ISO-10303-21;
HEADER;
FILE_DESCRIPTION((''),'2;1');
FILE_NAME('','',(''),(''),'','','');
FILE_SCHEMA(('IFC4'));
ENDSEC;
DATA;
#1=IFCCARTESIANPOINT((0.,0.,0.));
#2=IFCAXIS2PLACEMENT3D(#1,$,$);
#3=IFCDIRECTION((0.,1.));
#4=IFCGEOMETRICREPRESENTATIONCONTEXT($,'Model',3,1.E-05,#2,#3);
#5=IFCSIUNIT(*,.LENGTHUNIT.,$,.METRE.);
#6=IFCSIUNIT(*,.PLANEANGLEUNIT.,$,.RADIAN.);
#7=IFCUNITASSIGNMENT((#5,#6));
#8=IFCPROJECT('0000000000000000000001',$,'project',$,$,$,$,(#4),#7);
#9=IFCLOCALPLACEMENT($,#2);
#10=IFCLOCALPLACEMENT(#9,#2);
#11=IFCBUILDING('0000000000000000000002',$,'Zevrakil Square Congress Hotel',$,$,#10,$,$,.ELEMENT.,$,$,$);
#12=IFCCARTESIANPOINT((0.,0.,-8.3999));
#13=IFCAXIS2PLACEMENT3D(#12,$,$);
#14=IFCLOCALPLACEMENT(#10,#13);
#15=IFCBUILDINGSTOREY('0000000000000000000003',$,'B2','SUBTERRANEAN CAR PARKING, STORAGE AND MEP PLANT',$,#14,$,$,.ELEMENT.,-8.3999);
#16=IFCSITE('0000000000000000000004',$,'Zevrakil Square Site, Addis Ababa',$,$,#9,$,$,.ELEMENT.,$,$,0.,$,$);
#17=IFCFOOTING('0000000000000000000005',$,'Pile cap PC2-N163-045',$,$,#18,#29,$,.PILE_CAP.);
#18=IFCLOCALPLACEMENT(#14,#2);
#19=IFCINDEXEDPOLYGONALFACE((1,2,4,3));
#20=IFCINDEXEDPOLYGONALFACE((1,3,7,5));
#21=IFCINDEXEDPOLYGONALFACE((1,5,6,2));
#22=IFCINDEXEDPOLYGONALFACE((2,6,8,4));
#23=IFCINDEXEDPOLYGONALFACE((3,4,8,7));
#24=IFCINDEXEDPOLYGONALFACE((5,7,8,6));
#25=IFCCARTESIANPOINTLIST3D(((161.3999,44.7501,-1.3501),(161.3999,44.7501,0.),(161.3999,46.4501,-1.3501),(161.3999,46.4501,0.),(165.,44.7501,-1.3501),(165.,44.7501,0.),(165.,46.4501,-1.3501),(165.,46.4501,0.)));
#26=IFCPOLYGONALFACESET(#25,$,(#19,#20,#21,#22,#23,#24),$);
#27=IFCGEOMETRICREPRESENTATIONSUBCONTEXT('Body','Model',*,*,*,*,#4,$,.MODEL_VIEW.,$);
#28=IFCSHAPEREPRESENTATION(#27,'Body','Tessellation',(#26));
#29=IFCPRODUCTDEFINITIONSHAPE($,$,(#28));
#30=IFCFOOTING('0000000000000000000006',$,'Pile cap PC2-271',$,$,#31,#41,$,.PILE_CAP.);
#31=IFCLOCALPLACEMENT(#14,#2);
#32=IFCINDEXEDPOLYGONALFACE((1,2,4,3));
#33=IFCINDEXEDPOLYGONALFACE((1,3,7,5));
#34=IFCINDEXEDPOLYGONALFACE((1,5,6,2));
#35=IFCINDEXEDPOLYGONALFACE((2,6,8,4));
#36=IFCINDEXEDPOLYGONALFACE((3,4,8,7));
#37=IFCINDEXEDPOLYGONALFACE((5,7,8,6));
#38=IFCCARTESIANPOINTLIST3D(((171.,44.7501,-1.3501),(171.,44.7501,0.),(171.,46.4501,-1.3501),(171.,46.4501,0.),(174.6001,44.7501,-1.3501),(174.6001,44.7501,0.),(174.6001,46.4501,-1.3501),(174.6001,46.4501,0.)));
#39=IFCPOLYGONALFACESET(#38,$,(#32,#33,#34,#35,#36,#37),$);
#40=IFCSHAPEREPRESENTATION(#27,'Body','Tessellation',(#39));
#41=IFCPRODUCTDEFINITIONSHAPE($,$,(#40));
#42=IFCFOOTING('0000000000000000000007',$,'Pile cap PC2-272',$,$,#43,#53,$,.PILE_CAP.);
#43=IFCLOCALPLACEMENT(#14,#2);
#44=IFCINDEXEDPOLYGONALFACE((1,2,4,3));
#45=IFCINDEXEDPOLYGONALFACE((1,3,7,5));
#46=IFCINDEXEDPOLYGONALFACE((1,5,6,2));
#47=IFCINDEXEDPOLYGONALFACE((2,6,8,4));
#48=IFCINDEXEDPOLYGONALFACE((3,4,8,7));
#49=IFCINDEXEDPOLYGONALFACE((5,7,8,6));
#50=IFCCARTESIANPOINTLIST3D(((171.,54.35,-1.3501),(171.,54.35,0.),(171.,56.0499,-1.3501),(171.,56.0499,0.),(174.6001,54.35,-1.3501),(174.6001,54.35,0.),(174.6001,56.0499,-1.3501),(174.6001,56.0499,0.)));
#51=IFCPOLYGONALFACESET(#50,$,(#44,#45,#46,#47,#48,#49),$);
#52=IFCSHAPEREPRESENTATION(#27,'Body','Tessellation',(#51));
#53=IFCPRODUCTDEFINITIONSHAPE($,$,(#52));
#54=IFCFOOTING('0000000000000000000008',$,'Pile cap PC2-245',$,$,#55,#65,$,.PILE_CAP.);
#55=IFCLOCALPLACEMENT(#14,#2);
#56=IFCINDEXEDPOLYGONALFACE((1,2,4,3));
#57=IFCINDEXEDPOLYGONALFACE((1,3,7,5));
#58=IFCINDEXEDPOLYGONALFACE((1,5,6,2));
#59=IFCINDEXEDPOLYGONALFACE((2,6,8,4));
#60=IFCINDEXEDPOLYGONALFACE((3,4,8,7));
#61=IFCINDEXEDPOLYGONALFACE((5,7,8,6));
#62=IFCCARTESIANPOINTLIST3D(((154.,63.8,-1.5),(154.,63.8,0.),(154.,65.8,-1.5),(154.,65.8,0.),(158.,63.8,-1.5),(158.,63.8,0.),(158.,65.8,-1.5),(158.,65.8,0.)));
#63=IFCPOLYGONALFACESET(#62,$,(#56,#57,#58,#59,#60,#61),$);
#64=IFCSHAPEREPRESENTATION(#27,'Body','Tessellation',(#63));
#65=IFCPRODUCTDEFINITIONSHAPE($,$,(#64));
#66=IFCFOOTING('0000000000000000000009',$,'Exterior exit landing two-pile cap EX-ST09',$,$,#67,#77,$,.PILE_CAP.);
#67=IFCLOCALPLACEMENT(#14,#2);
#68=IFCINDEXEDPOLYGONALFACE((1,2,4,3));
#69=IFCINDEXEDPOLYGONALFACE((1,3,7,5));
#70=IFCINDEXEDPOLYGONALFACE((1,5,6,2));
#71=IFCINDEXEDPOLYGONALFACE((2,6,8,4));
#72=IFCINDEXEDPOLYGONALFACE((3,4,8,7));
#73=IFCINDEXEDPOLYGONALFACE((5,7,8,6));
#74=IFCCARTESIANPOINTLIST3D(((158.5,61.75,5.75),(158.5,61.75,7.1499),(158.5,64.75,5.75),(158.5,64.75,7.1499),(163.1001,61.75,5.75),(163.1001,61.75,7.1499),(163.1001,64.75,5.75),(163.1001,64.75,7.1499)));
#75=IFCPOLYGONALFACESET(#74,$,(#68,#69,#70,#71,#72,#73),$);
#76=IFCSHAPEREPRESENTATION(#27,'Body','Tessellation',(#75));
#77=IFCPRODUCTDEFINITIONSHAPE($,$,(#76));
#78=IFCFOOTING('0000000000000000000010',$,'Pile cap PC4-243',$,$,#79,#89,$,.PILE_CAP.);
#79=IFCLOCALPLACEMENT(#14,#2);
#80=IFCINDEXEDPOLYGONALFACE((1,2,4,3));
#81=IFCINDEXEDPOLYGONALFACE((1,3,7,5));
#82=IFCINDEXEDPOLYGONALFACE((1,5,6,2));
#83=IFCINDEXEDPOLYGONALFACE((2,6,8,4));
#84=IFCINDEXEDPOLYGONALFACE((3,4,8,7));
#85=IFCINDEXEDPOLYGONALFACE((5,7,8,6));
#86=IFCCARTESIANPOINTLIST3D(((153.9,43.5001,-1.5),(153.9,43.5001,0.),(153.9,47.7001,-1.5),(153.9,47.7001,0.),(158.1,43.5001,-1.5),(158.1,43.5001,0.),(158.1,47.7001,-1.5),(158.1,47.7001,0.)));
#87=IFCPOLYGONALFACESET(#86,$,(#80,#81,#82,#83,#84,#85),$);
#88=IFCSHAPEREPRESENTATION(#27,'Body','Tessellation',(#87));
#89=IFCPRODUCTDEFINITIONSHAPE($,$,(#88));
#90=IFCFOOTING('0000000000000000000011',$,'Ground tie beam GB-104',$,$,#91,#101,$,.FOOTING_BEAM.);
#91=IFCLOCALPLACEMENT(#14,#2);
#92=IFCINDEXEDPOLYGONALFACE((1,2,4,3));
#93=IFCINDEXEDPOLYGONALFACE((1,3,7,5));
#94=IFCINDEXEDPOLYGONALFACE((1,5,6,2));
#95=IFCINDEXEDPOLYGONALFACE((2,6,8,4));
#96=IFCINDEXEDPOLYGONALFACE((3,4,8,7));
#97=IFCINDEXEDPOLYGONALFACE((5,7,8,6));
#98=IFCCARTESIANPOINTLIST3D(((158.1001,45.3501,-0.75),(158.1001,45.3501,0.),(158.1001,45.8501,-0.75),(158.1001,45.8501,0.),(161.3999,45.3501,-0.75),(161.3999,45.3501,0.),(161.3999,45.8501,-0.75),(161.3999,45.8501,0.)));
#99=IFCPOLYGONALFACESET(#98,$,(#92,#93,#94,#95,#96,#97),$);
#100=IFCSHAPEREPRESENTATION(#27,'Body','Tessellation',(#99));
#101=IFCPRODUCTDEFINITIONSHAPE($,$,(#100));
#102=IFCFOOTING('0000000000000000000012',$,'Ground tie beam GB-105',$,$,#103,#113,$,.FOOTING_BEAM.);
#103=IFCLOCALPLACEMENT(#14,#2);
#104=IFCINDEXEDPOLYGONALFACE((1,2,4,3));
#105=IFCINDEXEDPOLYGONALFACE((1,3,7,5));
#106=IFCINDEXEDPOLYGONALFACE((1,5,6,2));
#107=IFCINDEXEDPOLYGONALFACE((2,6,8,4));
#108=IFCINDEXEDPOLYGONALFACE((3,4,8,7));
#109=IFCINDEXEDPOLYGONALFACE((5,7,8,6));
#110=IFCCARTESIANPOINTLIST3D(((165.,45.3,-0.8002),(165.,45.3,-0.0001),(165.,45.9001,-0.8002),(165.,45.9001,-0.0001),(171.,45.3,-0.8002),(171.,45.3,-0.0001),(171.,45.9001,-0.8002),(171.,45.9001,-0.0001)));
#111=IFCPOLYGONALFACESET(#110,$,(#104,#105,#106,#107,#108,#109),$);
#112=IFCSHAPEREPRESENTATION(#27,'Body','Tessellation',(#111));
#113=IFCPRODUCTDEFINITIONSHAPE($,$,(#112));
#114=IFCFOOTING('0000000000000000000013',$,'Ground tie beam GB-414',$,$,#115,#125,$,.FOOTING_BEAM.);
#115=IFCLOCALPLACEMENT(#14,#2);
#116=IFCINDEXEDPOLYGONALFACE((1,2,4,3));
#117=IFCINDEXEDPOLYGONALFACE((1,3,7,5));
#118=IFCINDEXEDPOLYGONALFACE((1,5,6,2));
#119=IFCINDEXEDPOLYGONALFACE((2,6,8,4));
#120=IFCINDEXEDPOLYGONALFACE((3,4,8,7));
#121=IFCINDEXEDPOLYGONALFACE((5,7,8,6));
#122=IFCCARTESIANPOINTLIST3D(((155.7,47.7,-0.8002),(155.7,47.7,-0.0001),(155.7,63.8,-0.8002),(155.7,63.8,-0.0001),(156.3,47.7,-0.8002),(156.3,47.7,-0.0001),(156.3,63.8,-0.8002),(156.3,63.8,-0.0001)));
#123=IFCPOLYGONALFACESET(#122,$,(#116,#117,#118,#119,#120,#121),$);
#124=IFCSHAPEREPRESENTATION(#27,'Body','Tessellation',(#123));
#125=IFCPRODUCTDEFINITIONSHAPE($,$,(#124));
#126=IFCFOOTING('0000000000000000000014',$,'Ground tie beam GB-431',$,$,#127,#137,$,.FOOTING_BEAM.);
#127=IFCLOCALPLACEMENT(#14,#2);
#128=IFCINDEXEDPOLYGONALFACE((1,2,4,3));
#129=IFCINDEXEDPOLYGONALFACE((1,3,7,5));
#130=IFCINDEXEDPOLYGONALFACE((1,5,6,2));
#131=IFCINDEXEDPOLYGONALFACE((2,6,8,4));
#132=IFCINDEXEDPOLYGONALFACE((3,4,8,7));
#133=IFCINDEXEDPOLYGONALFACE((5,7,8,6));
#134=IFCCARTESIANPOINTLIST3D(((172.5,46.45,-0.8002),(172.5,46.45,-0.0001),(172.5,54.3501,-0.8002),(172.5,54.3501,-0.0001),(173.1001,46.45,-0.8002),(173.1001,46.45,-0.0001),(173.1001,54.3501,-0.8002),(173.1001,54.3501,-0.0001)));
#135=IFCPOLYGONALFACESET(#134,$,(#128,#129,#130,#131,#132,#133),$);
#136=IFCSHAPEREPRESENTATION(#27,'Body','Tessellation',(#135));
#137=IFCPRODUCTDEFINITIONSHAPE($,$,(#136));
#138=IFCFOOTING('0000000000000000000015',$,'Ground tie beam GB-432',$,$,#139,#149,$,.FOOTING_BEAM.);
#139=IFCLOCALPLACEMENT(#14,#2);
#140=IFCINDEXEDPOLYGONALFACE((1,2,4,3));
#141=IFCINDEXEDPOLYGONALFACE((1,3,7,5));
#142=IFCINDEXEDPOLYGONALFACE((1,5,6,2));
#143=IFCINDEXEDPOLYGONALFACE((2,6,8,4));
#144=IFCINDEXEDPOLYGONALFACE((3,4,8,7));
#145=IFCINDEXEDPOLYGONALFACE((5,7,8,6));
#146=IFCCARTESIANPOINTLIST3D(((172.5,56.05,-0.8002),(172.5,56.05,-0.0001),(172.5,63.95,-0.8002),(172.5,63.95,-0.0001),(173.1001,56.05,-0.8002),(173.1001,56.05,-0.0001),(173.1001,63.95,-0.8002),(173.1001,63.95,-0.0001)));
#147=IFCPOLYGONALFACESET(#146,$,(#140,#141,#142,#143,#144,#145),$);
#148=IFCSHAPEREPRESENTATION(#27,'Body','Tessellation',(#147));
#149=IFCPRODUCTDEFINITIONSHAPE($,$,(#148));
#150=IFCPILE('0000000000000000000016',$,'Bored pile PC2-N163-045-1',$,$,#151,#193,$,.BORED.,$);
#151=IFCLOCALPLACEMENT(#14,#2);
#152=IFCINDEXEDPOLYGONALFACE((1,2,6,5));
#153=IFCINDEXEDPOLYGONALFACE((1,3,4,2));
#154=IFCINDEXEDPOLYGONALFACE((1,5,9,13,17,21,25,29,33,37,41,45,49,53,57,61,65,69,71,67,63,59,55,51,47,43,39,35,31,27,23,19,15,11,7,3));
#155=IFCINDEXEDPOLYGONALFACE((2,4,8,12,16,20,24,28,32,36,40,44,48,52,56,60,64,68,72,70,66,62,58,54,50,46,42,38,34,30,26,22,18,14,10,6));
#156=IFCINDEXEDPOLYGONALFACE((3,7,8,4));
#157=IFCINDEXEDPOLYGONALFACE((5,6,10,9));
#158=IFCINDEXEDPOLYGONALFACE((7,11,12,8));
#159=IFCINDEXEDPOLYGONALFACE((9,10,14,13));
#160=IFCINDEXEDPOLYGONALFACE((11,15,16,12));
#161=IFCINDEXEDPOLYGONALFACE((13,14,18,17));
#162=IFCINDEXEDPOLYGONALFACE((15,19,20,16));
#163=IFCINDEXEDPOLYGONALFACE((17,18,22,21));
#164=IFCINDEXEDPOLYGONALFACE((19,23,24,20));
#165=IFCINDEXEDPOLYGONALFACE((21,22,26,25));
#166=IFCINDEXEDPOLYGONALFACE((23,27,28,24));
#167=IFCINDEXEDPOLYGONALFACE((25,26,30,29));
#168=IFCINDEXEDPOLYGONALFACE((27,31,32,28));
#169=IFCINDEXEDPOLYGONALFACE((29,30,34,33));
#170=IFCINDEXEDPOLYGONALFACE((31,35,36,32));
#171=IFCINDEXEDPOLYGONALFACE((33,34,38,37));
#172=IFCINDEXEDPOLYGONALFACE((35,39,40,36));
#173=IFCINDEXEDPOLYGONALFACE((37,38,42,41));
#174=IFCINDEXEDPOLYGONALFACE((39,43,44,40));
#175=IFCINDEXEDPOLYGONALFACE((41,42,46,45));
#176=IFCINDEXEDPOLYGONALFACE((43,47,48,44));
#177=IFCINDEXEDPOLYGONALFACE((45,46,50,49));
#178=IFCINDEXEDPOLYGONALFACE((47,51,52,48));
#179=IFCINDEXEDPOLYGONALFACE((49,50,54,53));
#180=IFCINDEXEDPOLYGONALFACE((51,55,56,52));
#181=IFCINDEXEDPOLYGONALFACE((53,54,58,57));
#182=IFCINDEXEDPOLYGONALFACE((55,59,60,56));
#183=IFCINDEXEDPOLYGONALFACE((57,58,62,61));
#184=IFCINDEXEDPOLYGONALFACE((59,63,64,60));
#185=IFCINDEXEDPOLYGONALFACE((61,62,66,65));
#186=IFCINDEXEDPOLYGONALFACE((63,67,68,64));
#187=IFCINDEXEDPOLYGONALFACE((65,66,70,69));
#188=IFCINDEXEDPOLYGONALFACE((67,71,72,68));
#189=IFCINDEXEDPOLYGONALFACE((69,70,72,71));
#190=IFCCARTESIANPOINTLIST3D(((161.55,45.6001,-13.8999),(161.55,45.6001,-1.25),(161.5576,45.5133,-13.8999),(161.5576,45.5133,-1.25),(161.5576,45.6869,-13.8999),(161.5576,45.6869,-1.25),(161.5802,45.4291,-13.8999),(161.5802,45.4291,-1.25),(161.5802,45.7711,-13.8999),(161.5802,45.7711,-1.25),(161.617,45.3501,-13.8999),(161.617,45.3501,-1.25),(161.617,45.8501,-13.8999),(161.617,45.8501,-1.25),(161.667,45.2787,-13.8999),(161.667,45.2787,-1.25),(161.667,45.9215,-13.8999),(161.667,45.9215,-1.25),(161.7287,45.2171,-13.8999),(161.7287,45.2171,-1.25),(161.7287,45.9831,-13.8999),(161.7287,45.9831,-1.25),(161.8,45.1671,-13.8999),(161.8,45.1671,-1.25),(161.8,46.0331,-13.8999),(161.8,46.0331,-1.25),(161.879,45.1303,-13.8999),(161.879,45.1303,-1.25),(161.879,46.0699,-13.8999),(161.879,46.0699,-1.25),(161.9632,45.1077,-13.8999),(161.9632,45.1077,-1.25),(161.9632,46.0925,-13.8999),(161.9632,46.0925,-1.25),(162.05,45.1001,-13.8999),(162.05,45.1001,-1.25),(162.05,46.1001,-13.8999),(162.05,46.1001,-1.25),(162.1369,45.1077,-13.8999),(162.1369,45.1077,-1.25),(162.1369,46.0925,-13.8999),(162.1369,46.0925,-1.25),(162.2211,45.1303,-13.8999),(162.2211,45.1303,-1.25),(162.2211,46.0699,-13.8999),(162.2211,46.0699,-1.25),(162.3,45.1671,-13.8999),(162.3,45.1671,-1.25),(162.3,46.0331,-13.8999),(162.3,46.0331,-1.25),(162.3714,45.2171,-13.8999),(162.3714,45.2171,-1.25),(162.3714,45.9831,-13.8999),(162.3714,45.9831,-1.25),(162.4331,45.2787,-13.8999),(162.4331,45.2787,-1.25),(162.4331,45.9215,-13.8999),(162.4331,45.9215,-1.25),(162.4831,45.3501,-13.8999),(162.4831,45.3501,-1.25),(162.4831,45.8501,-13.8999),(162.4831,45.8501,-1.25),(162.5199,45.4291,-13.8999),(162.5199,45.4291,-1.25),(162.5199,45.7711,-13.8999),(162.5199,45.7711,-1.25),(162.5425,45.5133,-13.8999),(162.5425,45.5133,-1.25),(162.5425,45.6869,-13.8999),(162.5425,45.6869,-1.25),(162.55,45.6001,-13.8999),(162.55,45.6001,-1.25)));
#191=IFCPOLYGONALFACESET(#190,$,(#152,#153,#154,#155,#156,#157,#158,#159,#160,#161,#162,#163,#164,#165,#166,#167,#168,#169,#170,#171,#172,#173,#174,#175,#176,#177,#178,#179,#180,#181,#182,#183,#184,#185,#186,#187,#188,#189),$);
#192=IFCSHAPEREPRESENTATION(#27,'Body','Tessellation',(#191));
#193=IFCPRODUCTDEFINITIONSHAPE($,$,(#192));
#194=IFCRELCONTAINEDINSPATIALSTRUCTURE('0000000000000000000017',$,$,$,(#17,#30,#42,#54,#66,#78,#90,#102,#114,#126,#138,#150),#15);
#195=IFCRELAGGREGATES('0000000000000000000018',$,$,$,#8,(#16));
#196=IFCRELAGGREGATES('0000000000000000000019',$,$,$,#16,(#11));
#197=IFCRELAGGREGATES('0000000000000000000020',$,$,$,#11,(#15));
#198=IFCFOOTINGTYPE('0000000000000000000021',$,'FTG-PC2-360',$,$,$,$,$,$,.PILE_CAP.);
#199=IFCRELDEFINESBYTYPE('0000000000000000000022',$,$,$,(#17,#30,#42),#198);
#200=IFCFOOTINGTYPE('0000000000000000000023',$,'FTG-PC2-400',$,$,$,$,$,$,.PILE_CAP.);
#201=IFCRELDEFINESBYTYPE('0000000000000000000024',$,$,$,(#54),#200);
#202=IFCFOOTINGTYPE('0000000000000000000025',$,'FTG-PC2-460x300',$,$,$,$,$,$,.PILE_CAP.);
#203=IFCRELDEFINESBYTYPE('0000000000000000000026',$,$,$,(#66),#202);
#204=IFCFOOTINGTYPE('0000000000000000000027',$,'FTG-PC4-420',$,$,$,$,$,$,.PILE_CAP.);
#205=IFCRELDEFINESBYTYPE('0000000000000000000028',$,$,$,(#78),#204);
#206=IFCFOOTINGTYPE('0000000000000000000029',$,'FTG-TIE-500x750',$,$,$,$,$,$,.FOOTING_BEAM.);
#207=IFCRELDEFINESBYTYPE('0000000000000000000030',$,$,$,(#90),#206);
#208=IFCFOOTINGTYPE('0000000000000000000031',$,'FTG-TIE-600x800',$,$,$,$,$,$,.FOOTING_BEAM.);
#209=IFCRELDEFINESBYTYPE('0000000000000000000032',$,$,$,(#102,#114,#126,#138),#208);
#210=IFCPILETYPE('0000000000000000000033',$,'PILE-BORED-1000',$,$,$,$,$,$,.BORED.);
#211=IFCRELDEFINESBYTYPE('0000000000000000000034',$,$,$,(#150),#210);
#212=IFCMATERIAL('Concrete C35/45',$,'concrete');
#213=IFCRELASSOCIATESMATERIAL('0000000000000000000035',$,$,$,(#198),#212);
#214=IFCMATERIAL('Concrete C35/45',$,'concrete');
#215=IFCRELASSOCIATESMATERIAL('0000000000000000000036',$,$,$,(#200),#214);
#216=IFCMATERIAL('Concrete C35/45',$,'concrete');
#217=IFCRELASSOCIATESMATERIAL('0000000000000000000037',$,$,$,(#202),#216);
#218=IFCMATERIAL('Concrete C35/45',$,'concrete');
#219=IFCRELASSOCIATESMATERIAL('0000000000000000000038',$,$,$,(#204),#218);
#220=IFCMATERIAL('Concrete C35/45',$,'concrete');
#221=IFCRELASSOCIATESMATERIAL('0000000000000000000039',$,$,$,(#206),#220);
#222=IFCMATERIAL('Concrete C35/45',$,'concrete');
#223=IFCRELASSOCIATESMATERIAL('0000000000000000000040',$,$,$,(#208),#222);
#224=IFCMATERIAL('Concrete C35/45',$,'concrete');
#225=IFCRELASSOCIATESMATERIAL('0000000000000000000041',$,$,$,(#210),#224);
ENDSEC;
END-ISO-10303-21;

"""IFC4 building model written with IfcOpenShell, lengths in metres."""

from ifc_helpers import new_model, si_unit, direction, frame, origin, origin_2d, place, context, subcontext, project, spatial, rectangle, circle, extrude, material, material_profile, profile_set, type_object, element, save


model = new_model("IFC4")

# Units and contexts
model_context = context("Model", 3, precision=1e-05, world=origin(), true_north=direction((0.0, 1.0)))
body_context = subcontext(model_context, "Body", "Model", "MODEL_VIEW")
ifc_project = project(units=[si_unit("LENGTHUNIT", "METRE"), si_unit("PLANEANGLEUNIT", "RADIAN")], contexts=[model_context])

# Site, building, storey
site_placement = place(None, origin())
site = spatial("IfcSite", under=ifc_project, at=site_placement, Name="Zevrakil Square Site, Addis Ababa", CompositionType="ELEMENT", RefElevation=0.0)
building_placement = place(site_placement, origin())
building = spatial("IfcBuilding", under=site, at=building_placement, Name="Zevrakil Square Congress Hotel", CompositionType="ELEMENT")
storey_placement = place(building_placement, frame((0.0, 0.0, -8.3999)))
storey = spatial("IfcBuildingStorey", under=building, at=storey_placement, Name="B2", Description="SUBTERRANEAN CAR PARKING, STORAGE AND MEP PLANT", CompositionType="ELEMENT", Elevation=-8.3999)

# Footings
ifc_material_1 = material(Name="Concrete C35/45", Category="concrete")
footing_type_1 = type_object("IfcFootingType", Name="FTG-PC2-360", PredefinedType="PILE_CAP", material=ifc_material_1)
for number, where, z_axis, x_axis, name in (
    (1, (163.2, 45.6001, -1.3501), (0.0, 0.0, 1.0), (1.0, 0.0, 0.0), "Pile cap PC2-N163-045"),
    (2, (172.8, 45.6001, -1.3501), (0.0, 0.0, 1.0), (1.0, 0.0, 0.0), "Pile cap PC2-271"),
    (3, (172.8, 55.2, -1.3501), (0.0, 0.0, 1.0), (1.0, 0.0, 0.0), "Pile cap PC2-272"),
):
    element("IfcFooting", number, at=place(storey_placement, frame(where, z_axis=z_axis, x_axis=x_axis)), inside=storey, type_object=footing_type_1, Name=name, PredefinedType="PILE_CAP", context=body_context, shape_type="SweptSolid", body=[
        extrude(rectangle(XDim=3.6001, YDim=1.7, at=origin_2d()), origin(), (0.0, 0.0, 1.0), 1.3501),
    ])
ifc_material_2 = material(Name="Concrete C35/45", Category="concrete")
footing_type_2 = type_object("IfcFootingType", Name="FTG-PC2-400", PredefinedType="PILE_CAP", material=ifc_material_2)
footing_1_placement = place(storey_placement, frame((156.0, 64.8, -1.5), z_axis=(0.0, 0.0, 1.0), x_axis=(1.0, 0.0, 0.0)))
element("IfcFooting", 4, at=footing_1_placement, inside=storey, type_object=footing_type_2, Name="Pile cap PC2-245", PredefinedType="PILE_CAP", context=body_context, shape_type="SweptSolid", body=[
    extrude(rectangle(XDim=4.0, YDim=2.0, at=origin_2d()), origin(), (0.0, 0.0, 1.0), 1.5),
])
ifc_material_3 = material(Name="Concrete C35/45", Category="concrete")
footing_type_3 = type_object("IfcFootingType", Name="FTG-PC2-460x300", PredefinedType="PILE_CAP", material=ifc_material_3)
footing_2_placement = place(storey_placement, frame((160.8, 63.25, 5.75), z_axis=(0.0, 0.0, 1.0), x_axis=(1.0, 0.0, 0.0)))
element("IfcFooting", 5, at=footing_2_placement, inside=storey, type_object=footing_type_3, Name="Exterior exit landing two-pile cap EX-ST09", PredefinedType="PILE_CAP", context=body_context, shape_type="SweptSolid", body=[
    extrude(rectangle(XDim=4.6001, YDim=3.0, at=origin_2d()), origin(), (0.0, 0.0, 1.0), 1.3999),
])
ifc_material_4 = material(Name="Concrete C35/45", Category="concrete")
footing_type_4 = type_object("IfcFootingType", Name="FTG-PC4-420", PredefinedType="PILE_CAP", material=ifc_material_4)
footing_3_placement = place(storey_placement, frame((156.0, 45.6001, -1.5), z_axis=(0.0, 0.0, 1.0), x_axis=(1.0, 0.0, 0.0)))
element("IfcFooting", 6, at=footing_3_placement, inside=storey, type_object=footing_type_4, Name="Pile cap PC4-243", PredefinedType="PILE_CAP", context=body_context, shape_type="SweptSolid", body=[
    extrude(rectangle(XDim=4.2, YDim=4.2, at=origin_2d()), origin(), (0.0, 0.0, 1.0), 1.5),
])
ifc_material_5 = material(Name="Concrete C35/45", Category="concrete")
ifc_material_profile_1 = material_profile(ifc_material_5, rectangle(XDim=0.5, YDim=0.75, at=origin_2d()), Name="RC 500x750")
ifc_profile_set_1 = profile_set([ifc_material_profile_1], Name="Concrete C35/45")
footing_type_5 = type_object("IfcFootingType", Name="FTG-TIE-500x750", PredefinedType="FOOTING_BEAM", material=ifc_profile_set_1)
footing_4_placement = place(storey_placement, frame((158.1001, 45.6001, -0.375), z_axis=(1.0, 0.0, 0.0), x_axis=(0.0, 1.0, 0.0)))
element("IfcFooting", 7, at=footing_4_placement, inside=storey, type_object=footing_type_5, Name="Ground tie beam GB-104", PredefinedType="FOOTING_BEAM", context=body_context, shape_type="SweptSolid", body=[
    extrude(rectangle(XDim=0.5, YDim=0.75, at=origin_2d()), origin(), (0.0, 0.0, 1.0), 3.2998),
])
ifc_material_6 = material(Name="Concrete C35/45", Category="concrete")
ifc_material_profile_2 = material_profile(ifc_material_6, rectangle(XDim=0.6001, YDim=0.8, at=origin_2d()), Name="RC 600x800")
ifc_profile_set_2 = profile_set([ifc_material_profile_2], Name="Concrete C35/45")
footing_type_6 = type_object("IfcFootingType", Name="FTG-TIE-600x800", PredefinedType="FOOTING_BEAM", material=ifc_profile_set_2)
footing_5_placement = place(storey_placement, frame((165.0, 45.6001, -0.4001), z_axis=(1.0, 0.0, 0.0), x_axis=(0.0, 1.0, 0.0)))
element("IfcFooting", 8, at=footing_5_placement, inside=storey, type_object=footing_type_6, Name="Ground tie beam GB-105", PredefinedType="FOOTING_BEAM", context=body_context, shape_type="SweptSolid", body=[
    extrude(rectangle(XDim=0.6001, YDim=0.8, at=origin_2d()), origin(), (0.0, 0.0, 1.0), 6.0),
])
footing_6_placement = place(storey_placement, frame((156.0, 47.7, -0.4001), z_axis=(0.0, 1.0, 0.0), x_axis=(-1.0, 0.0, 0.0)))
element("IfcFooting", 9, at=footing_6_placement, inside=storey, type_object=footing_type_6, Name="Ground tie beam GB-414", PredefinedType="FOOTING_BEAM", context=body_context, shape_type="SweptSolid", body=[
    extrude(rectangle(XDim=0.6001, YDim=0.8, at=origin_2d()), origin(), (0.0, 0.0, 1.0), 16.1001),
])
footing_7_placement = place(storey_placement, frame((172.8, 46.45, -0.4001), z_axis=(0.0, 1.0, 0.0), x_axis=(-1.0, 0.0, 0.0)))
element("IfcFooting", 10, at=footing_7_placement, inside=storey, type_object=footing_type_6, Name="Ground tie beam GB-431", PredefinedType="FOOTING_BEAM", context=body_context, shape_type="SweptSolid", body=[
    extrude(rectangle(XDim=0.6001, YDim=0.8, at=origin_2d()), origin(), (0.0, 0.0, 1.0), 7.9001),
])
footing_8_placement = place(storey_placement, frame((172.8, 56.05, -0.4001), z_axis=(0.0, 1.0, 0.0), x_axis=(-1.0, 0.0, 0.0)))
element("IfcFooting", 11, at=footing_8_placement, inside=storey, type_object=footing_type_6, Name="Ground tie beam GB-432", PredefinedType="FOOTING_BEAM", context=body_context, shape_type="SweptSolid", body=[
    extrude(rectangle(XDim=0.6001, YDim=0.8, at=origin_2d()), origin(), (0.0, 0.0, 1.0), 7.8999),
])

# Pile
ifc_material_7 = material(Name="Concrete C35/45", Category="concrete")
ifc_material_profile_3 = material_profile(ifc_material_7, circle(Radius=0.5, at=origin_2d()), Name="PILE D1000")
ifc_profile_set_3 = profile_set([ifc_material_profile_3], Name="Concrete C35/45")
pile_type_1 = type_object("IfcPileType", Name="PILE-BORED-1000", PredefinedType="BORED", material=ifc_profile_set_3)
for number, where, z_axis, x_axis, name in (
    (12, (162.05, 45.6001, -1.25), (0.0, 0.0, -1.0), (1.0, 0.0, 0.0), "Bored pile PC2-N163-045-1"),
):
    element("IfcPile", number, at=place(storey_placement, frame(where, z_axis=z_axis, x_axis=x_axis)), inside=storey, type_object=pile_type_1, Name=name, PredefinedType="BORED", context=body_context, shape_type="SweptSolid", body=[
        extrude(circle(Radius=0.5, at=origin_2d()), origin(), (0.0, 0.0, 1.0), 12.6499),
    ])

save(model, "model.ifc")
